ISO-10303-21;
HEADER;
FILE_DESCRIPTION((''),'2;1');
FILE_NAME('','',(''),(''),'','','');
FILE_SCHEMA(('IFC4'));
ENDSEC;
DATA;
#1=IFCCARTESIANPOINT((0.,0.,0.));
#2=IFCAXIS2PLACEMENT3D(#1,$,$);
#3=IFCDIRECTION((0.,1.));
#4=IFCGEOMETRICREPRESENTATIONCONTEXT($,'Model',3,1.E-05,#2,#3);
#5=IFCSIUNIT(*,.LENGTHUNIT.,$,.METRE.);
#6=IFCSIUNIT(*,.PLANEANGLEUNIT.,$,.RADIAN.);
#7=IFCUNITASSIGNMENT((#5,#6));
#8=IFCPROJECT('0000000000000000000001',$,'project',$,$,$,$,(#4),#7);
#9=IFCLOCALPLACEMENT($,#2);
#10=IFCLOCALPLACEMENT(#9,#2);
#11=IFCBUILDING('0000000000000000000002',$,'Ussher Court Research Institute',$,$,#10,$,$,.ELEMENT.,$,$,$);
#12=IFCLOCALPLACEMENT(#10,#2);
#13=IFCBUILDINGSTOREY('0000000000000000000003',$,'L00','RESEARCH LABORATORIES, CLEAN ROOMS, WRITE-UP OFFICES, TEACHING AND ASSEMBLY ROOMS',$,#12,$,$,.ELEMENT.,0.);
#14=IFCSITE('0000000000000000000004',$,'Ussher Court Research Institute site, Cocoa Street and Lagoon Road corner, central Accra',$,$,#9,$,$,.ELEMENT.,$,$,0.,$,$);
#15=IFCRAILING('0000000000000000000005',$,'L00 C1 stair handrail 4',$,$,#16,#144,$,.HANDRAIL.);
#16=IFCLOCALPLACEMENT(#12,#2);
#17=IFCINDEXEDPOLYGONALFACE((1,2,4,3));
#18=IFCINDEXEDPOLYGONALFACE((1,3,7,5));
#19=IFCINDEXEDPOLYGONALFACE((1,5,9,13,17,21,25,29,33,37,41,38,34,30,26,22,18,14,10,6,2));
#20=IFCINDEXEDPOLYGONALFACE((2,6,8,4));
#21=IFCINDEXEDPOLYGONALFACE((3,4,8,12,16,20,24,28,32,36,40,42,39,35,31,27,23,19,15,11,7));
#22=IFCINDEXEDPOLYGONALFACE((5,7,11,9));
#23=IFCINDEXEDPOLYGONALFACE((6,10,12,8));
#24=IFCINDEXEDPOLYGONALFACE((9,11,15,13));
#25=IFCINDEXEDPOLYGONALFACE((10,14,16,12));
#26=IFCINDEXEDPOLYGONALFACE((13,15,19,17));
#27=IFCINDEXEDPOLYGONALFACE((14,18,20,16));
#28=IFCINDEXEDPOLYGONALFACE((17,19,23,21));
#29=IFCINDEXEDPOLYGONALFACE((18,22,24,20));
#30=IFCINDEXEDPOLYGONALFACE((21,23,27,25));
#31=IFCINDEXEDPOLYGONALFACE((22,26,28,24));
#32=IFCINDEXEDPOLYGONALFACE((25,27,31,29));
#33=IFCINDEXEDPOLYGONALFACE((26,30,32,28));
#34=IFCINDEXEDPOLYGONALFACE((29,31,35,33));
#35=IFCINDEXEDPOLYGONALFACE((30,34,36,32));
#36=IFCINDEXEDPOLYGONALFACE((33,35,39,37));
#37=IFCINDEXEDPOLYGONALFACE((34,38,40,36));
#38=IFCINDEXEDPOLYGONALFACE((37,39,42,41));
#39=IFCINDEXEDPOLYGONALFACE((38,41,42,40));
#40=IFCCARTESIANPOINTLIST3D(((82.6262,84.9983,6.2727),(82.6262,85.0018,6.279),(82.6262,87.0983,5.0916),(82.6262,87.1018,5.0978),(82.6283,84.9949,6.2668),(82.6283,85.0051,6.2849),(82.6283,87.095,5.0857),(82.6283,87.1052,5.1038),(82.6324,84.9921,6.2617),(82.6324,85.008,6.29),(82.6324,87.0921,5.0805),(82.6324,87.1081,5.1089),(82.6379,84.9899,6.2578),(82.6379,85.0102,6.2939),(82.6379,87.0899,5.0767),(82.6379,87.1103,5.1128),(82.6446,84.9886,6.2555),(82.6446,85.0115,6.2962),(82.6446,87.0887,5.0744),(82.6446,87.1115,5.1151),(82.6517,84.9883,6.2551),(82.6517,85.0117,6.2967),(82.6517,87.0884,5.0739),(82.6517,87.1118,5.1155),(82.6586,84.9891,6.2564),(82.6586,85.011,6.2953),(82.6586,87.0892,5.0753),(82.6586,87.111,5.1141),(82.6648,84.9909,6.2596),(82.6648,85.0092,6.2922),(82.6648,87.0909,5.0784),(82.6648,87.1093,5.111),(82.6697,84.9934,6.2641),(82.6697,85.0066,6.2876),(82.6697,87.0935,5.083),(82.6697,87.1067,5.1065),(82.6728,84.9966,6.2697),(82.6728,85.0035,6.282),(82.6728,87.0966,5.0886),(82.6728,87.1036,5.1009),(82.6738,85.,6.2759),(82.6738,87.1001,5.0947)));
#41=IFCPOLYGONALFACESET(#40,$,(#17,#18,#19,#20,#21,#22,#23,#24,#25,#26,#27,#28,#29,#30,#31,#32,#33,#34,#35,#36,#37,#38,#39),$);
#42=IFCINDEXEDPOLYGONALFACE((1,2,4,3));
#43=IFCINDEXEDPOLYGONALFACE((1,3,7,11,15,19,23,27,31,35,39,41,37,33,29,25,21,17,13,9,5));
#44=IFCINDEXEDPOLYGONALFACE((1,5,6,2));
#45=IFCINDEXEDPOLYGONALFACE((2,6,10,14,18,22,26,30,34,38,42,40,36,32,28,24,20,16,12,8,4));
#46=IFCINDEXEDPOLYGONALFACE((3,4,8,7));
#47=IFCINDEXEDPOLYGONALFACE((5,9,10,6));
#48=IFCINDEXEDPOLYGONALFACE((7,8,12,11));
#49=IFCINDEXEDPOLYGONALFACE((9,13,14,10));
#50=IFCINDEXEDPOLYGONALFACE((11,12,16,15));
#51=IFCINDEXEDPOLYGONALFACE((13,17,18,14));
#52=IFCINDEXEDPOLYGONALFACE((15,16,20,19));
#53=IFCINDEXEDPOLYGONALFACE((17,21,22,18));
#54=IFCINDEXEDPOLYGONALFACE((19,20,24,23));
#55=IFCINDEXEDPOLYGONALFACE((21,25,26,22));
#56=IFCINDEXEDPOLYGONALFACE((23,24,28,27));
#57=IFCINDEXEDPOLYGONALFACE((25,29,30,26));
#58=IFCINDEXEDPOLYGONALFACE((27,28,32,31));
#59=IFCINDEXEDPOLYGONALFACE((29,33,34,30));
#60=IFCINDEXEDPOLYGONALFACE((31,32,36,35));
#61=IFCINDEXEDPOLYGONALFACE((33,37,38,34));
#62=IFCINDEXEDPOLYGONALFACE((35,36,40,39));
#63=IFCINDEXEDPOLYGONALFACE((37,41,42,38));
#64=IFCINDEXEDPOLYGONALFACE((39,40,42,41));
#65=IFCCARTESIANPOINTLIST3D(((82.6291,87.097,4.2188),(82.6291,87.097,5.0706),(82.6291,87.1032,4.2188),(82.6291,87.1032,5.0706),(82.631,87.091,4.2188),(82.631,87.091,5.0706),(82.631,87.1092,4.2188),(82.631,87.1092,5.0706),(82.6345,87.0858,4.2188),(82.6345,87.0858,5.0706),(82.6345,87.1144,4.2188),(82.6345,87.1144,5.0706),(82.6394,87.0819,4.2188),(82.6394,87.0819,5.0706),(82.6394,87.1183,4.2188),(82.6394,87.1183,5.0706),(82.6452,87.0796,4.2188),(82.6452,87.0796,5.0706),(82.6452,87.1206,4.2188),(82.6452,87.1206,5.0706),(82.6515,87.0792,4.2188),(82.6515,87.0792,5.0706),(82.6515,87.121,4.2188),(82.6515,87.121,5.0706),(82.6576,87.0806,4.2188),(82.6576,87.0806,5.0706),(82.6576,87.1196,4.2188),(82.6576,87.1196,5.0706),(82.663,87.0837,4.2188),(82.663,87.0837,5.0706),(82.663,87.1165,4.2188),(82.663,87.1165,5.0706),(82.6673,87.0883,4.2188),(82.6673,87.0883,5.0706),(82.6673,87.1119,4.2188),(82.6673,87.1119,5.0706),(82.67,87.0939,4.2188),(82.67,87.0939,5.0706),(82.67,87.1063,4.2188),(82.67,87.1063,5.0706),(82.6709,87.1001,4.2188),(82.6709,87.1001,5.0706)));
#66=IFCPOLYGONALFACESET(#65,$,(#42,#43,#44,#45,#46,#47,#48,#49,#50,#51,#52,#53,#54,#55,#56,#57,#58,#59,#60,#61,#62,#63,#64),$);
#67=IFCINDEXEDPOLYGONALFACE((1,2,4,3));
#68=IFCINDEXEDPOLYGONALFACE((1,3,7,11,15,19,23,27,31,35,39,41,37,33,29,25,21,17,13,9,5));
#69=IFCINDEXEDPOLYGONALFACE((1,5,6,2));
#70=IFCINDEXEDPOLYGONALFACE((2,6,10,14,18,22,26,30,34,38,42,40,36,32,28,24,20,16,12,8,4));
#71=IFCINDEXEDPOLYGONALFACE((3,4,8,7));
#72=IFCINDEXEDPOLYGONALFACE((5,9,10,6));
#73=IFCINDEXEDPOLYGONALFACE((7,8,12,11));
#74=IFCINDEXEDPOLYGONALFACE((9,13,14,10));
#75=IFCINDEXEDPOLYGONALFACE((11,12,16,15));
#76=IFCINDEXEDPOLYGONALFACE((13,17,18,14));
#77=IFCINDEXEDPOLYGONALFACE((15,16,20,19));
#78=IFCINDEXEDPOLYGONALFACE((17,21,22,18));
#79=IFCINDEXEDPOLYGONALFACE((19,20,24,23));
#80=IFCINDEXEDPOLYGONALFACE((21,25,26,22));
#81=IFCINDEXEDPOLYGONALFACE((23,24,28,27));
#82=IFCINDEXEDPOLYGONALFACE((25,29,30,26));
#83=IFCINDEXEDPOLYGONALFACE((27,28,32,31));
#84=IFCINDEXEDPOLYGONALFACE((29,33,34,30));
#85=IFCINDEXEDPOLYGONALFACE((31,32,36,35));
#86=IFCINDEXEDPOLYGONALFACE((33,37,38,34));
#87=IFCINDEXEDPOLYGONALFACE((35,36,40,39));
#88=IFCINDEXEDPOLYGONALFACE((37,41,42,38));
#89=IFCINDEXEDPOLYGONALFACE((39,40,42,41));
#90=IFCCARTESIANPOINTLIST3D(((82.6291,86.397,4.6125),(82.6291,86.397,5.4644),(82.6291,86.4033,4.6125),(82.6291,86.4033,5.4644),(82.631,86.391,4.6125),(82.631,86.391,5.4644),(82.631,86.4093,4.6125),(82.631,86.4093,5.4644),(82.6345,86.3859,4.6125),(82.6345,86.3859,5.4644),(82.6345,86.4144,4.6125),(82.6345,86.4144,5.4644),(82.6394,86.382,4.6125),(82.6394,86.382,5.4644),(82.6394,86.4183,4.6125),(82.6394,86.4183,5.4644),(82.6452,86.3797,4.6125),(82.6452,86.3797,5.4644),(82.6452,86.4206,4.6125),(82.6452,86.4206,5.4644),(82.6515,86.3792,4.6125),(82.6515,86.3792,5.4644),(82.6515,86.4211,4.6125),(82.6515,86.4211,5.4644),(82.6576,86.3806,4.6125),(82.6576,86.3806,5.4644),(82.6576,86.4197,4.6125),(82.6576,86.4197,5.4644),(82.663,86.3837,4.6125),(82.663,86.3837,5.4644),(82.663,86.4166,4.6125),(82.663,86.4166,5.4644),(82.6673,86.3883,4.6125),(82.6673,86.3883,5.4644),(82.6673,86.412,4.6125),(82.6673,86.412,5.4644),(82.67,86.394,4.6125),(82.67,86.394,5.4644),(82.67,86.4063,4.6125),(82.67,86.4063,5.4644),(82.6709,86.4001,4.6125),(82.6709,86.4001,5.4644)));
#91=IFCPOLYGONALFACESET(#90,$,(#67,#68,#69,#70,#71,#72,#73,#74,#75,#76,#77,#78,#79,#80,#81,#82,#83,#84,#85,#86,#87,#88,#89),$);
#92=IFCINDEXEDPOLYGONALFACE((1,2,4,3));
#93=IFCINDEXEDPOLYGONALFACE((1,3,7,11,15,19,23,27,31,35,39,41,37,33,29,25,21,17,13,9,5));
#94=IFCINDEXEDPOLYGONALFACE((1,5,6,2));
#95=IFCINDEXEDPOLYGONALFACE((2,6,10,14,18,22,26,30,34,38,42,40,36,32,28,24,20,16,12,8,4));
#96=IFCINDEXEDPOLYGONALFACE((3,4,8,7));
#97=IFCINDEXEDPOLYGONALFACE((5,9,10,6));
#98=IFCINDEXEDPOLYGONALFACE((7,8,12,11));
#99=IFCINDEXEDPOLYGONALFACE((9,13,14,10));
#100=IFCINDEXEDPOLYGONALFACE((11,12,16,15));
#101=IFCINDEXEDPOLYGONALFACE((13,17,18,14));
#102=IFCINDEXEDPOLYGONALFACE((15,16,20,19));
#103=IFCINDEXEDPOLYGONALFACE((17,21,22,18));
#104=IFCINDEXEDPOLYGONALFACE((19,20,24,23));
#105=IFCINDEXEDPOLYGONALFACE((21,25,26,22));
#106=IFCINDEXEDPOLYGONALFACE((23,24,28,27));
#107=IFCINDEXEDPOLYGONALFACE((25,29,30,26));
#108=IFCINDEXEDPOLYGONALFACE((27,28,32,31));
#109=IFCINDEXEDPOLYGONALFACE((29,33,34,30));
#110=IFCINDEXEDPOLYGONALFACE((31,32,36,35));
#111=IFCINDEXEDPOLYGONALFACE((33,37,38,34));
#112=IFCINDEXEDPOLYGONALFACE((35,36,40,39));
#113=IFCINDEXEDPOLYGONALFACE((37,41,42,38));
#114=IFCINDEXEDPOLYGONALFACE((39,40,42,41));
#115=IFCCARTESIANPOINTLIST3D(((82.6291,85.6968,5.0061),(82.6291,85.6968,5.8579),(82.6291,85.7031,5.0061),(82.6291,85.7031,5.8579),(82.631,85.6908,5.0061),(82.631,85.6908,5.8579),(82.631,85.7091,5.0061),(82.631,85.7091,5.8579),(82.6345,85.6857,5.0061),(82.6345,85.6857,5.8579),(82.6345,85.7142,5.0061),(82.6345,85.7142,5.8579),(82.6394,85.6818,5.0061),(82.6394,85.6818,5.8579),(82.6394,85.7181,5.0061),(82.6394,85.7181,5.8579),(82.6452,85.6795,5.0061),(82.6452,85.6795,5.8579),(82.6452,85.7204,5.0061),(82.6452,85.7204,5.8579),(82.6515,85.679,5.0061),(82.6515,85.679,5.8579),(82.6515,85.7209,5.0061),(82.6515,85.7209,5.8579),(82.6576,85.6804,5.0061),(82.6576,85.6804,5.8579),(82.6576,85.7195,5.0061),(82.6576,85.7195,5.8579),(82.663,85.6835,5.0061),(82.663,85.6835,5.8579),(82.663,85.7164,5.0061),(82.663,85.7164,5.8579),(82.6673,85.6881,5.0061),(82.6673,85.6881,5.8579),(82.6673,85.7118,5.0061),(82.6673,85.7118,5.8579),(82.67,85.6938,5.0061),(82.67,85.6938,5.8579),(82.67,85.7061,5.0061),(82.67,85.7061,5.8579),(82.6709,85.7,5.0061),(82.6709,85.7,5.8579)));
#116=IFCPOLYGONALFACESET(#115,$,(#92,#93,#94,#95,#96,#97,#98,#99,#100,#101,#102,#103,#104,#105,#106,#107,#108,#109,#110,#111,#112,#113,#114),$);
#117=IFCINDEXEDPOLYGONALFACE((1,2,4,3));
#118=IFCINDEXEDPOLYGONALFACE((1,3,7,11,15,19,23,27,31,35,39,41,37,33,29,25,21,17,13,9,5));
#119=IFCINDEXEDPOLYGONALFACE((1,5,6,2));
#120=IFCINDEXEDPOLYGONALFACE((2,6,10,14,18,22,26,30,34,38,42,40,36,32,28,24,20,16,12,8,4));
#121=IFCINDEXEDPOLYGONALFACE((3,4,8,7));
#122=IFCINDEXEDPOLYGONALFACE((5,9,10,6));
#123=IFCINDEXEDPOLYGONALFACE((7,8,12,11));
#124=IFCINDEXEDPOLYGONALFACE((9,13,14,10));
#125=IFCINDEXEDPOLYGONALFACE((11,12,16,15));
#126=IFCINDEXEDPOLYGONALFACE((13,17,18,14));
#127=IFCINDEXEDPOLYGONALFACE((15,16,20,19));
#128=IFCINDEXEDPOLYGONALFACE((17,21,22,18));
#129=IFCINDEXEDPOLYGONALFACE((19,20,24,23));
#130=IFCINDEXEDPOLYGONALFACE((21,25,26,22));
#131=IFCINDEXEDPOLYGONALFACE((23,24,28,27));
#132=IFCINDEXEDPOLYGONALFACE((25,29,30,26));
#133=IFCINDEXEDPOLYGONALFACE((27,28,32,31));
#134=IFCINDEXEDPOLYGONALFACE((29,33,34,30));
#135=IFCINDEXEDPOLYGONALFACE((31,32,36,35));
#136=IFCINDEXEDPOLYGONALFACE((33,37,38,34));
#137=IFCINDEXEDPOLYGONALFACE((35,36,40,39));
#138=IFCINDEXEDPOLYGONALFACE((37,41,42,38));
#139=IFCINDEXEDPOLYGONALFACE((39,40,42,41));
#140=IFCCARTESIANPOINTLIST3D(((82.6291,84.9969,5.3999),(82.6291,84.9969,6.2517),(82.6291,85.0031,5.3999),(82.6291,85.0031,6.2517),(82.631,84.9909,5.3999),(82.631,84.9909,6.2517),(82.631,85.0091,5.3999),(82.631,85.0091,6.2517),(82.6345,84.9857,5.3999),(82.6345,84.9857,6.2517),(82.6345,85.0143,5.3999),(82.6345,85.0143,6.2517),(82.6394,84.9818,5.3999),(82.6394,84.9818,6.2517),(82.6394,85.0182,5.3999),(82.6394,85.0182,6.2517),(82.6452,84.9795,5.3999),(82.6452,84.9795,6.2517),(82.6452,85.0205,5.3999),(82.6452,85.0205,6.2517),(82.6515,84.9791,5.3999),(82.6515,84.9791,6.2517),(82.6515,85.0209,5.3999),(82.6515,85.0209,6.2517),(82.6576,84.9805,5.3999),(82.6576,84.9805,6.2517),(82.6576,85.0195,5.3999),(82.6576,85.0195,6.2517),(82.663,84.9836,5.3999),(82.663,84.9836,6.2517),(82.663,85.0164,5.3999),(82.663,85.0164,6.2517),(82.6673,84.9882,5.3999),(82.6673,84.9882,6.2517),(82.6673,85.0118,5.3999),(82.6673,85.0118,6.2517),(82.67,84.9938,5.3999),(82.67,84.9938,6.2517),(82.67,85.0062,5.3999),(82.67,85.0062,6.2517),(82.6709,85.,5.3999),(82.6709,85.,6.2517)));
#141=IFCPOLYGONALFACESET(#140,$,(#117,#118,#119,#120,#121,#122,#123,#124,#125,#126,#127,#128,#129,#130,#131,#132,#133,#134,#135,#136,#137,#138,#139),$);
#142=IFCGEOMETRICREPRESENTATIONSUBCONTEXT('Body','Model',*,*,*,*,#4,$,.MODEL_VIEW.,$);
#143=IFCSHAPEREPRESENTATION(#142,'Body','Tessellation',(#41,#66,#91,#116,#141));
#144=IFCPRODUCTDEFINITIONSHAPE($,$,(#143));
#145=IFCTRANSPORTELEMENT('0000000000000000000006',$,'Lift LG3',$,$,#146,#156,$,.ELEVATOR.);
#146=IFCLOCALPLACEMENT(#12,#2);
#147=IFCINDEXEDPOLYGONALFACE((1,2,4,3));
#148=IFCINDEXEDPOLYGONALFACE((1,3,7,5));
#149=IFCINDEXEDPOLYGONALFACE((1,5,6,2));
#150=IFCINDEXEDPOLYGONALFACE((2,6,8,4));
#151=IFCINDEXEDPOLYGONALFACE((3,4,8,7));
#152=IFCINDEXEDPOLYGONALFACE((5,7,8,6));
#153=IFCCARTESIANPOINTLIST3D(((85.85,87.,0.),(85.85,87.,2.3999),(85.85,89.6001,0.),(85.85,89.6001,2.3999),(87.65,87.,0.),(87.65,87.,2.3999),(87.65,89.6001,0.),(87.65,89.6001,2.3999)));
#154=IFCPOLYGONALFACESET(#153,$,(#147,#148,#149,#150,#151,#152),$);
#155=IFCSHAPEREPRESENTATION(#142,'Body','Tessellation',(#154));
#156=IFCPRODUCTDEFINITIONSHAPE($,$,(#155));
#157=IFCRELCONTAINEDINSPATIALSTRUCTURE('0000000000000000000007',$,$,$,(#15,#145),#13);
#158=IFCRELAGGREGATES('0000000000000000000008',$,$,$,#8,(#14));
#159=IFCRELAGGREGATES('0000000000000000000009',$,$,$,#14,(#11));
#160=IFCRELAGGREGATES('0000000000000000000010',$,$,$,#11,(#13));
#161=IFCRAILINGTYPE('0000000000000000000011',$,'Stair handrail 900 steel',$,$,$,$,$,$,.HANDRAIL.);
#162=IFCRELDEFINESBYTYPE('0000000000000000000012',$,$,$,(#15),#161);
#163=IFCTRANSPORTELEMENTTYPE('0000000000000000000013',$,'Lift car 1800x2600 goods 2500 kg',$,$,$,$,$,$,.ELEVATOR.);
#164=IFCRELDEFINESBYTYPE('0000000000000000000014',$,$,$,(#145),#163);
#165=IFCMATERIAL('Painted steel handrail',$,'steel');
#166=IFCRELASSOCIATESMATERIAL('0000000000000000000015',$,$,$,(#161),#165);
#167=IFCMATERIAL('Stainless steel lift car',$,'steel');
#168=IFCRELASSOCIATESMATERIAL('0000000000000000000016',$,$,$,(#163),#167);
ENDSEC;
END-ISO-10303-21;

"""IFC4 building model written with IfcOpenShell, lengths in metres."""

from ifc_helpers import new_model, si_unit, direction, frame, origin, origin_2d, place, context, subcontext, project, spatial, rectangle, circle, extrude, material, type_object, element, save


model = new_model("IFC4")

# Units and contexts
model_context = context("Model", 3, precision=1e-05, world=origin(), true_north=direction((0.0, 1.0)))
body_context = subcontext(model_context, "Body", "Model", "MODEL_VIEW")
ifc_project = project(units=[si_unit("LENGTHUNIT", "METRE"), si_unit("PLANEANGLEUNIT", "RADIAN")], contexts=[model_context])

# Site, building, storey
site_placement = place(None, origin())
site = spatial("IfcSite", under=ifc_project, at=site_placement, Name="Ussher Court Research Institute site, Cocoa Street and Lagoon Road corner, central Accra", CompositionType="ELEMENT", RefElevation=0.0)
building_placement = place(site_placement, origin())
building = spatial("IfcBuilding", under=site, at=building_placement, Name="Ussher Court Research Institute", CompositionType="ELEMENT")
storey_placement = place(building_placement, origin())
storey = spatial("IfcBuildingStorey", under=building, at=storey_placement, Name="L00", Description="RESEARCH LABORATORIES, CLEAN ROOMS, WRITE-UP OFFICES, TEACHING AND ASSEMBLY ROOMS", CompositionType="ELEMENT", Elevation=0.0)

# Railing
ifc_material_1 = material(Name="Painted steel handrail", Category="steel")
railing_type_1 = type_object("IfcRailingType", Name="Stair handrail 900 steel", PredefinedType="HANDRAIL", material=ifc_material_1)
for number, where, name in (
    (1, (82.6499, 87.1001, 4.2188), "L00 C1 stair handrail 4"),
):
    element("IfcRailing", number, at=place(storey_placement, frame(where)), inside=storey, type_object=railing_type_1, Name=name, PredefinedType="HANDRAIL", context=body_context, shape_type="SweptSolid", body=[
        extrude(circle(Radius=0.0239, at=origin_2d()), frame((0.0, 0.0, 0.876), z_axis=(0.0, -0.871603, 0.490213), x_axis=(1.0, 0.0, 0.0)), (0.0, 0.0, 1.0), 2.4094),
        extrude(circle(Radius=0.021, at=origin_2d()), origin(), (0.0, 0.0, 1.0), 0.8518),
        extrude(circle(Radius=0.021, at=origin_2d()), frame((0.0, -0.7, 0.3938)), (0.0, 0.0, 1.0), 0.8518),
        extrude(circle(Radius=0.021, at=origin_2d()), frame((0.0, -1.4001, 0.7874)), (0.0, 0.0, 1.0), 0.8518),
        extrude(circle(Radius=0.021, at=origin_2d()), frame((0.0, -2.1001, 1.1812)), (0.0, 0.0, 1.0), 0.8518),
    ])

# Transport element
ifc_material_2 = material(Name="Stainless steel lift car", Category="steel")
transport_element_type = type_object("IfcTransportElementType", Name="Lift car 1800x2600 goods 2500 kg", PredefinedType="ELEVATOR", material=ifc_material_2)
transport_element_placement = place(storey_placement, frame((86.75, 88.3, 0.0), z_axis=(0.0, 0.0, 1.0), x_axis=(1.0, 0.0, 0.0)))
element("IfcTransportElement", 2, at=transport_element_placement, inside=storey, type_object=transport_element_type, Name="Lift LG3", PredefinedType="ELEVATOR", context=body_context, shape_type="SweptSolid", body=[
    extrude(rectangle(XDim=1.8, YDim=2.6001, at=origin_2d()), origin(), (0.0, 0.0, 1.0), 2.3999),
])

save(model, "model.ifc")
